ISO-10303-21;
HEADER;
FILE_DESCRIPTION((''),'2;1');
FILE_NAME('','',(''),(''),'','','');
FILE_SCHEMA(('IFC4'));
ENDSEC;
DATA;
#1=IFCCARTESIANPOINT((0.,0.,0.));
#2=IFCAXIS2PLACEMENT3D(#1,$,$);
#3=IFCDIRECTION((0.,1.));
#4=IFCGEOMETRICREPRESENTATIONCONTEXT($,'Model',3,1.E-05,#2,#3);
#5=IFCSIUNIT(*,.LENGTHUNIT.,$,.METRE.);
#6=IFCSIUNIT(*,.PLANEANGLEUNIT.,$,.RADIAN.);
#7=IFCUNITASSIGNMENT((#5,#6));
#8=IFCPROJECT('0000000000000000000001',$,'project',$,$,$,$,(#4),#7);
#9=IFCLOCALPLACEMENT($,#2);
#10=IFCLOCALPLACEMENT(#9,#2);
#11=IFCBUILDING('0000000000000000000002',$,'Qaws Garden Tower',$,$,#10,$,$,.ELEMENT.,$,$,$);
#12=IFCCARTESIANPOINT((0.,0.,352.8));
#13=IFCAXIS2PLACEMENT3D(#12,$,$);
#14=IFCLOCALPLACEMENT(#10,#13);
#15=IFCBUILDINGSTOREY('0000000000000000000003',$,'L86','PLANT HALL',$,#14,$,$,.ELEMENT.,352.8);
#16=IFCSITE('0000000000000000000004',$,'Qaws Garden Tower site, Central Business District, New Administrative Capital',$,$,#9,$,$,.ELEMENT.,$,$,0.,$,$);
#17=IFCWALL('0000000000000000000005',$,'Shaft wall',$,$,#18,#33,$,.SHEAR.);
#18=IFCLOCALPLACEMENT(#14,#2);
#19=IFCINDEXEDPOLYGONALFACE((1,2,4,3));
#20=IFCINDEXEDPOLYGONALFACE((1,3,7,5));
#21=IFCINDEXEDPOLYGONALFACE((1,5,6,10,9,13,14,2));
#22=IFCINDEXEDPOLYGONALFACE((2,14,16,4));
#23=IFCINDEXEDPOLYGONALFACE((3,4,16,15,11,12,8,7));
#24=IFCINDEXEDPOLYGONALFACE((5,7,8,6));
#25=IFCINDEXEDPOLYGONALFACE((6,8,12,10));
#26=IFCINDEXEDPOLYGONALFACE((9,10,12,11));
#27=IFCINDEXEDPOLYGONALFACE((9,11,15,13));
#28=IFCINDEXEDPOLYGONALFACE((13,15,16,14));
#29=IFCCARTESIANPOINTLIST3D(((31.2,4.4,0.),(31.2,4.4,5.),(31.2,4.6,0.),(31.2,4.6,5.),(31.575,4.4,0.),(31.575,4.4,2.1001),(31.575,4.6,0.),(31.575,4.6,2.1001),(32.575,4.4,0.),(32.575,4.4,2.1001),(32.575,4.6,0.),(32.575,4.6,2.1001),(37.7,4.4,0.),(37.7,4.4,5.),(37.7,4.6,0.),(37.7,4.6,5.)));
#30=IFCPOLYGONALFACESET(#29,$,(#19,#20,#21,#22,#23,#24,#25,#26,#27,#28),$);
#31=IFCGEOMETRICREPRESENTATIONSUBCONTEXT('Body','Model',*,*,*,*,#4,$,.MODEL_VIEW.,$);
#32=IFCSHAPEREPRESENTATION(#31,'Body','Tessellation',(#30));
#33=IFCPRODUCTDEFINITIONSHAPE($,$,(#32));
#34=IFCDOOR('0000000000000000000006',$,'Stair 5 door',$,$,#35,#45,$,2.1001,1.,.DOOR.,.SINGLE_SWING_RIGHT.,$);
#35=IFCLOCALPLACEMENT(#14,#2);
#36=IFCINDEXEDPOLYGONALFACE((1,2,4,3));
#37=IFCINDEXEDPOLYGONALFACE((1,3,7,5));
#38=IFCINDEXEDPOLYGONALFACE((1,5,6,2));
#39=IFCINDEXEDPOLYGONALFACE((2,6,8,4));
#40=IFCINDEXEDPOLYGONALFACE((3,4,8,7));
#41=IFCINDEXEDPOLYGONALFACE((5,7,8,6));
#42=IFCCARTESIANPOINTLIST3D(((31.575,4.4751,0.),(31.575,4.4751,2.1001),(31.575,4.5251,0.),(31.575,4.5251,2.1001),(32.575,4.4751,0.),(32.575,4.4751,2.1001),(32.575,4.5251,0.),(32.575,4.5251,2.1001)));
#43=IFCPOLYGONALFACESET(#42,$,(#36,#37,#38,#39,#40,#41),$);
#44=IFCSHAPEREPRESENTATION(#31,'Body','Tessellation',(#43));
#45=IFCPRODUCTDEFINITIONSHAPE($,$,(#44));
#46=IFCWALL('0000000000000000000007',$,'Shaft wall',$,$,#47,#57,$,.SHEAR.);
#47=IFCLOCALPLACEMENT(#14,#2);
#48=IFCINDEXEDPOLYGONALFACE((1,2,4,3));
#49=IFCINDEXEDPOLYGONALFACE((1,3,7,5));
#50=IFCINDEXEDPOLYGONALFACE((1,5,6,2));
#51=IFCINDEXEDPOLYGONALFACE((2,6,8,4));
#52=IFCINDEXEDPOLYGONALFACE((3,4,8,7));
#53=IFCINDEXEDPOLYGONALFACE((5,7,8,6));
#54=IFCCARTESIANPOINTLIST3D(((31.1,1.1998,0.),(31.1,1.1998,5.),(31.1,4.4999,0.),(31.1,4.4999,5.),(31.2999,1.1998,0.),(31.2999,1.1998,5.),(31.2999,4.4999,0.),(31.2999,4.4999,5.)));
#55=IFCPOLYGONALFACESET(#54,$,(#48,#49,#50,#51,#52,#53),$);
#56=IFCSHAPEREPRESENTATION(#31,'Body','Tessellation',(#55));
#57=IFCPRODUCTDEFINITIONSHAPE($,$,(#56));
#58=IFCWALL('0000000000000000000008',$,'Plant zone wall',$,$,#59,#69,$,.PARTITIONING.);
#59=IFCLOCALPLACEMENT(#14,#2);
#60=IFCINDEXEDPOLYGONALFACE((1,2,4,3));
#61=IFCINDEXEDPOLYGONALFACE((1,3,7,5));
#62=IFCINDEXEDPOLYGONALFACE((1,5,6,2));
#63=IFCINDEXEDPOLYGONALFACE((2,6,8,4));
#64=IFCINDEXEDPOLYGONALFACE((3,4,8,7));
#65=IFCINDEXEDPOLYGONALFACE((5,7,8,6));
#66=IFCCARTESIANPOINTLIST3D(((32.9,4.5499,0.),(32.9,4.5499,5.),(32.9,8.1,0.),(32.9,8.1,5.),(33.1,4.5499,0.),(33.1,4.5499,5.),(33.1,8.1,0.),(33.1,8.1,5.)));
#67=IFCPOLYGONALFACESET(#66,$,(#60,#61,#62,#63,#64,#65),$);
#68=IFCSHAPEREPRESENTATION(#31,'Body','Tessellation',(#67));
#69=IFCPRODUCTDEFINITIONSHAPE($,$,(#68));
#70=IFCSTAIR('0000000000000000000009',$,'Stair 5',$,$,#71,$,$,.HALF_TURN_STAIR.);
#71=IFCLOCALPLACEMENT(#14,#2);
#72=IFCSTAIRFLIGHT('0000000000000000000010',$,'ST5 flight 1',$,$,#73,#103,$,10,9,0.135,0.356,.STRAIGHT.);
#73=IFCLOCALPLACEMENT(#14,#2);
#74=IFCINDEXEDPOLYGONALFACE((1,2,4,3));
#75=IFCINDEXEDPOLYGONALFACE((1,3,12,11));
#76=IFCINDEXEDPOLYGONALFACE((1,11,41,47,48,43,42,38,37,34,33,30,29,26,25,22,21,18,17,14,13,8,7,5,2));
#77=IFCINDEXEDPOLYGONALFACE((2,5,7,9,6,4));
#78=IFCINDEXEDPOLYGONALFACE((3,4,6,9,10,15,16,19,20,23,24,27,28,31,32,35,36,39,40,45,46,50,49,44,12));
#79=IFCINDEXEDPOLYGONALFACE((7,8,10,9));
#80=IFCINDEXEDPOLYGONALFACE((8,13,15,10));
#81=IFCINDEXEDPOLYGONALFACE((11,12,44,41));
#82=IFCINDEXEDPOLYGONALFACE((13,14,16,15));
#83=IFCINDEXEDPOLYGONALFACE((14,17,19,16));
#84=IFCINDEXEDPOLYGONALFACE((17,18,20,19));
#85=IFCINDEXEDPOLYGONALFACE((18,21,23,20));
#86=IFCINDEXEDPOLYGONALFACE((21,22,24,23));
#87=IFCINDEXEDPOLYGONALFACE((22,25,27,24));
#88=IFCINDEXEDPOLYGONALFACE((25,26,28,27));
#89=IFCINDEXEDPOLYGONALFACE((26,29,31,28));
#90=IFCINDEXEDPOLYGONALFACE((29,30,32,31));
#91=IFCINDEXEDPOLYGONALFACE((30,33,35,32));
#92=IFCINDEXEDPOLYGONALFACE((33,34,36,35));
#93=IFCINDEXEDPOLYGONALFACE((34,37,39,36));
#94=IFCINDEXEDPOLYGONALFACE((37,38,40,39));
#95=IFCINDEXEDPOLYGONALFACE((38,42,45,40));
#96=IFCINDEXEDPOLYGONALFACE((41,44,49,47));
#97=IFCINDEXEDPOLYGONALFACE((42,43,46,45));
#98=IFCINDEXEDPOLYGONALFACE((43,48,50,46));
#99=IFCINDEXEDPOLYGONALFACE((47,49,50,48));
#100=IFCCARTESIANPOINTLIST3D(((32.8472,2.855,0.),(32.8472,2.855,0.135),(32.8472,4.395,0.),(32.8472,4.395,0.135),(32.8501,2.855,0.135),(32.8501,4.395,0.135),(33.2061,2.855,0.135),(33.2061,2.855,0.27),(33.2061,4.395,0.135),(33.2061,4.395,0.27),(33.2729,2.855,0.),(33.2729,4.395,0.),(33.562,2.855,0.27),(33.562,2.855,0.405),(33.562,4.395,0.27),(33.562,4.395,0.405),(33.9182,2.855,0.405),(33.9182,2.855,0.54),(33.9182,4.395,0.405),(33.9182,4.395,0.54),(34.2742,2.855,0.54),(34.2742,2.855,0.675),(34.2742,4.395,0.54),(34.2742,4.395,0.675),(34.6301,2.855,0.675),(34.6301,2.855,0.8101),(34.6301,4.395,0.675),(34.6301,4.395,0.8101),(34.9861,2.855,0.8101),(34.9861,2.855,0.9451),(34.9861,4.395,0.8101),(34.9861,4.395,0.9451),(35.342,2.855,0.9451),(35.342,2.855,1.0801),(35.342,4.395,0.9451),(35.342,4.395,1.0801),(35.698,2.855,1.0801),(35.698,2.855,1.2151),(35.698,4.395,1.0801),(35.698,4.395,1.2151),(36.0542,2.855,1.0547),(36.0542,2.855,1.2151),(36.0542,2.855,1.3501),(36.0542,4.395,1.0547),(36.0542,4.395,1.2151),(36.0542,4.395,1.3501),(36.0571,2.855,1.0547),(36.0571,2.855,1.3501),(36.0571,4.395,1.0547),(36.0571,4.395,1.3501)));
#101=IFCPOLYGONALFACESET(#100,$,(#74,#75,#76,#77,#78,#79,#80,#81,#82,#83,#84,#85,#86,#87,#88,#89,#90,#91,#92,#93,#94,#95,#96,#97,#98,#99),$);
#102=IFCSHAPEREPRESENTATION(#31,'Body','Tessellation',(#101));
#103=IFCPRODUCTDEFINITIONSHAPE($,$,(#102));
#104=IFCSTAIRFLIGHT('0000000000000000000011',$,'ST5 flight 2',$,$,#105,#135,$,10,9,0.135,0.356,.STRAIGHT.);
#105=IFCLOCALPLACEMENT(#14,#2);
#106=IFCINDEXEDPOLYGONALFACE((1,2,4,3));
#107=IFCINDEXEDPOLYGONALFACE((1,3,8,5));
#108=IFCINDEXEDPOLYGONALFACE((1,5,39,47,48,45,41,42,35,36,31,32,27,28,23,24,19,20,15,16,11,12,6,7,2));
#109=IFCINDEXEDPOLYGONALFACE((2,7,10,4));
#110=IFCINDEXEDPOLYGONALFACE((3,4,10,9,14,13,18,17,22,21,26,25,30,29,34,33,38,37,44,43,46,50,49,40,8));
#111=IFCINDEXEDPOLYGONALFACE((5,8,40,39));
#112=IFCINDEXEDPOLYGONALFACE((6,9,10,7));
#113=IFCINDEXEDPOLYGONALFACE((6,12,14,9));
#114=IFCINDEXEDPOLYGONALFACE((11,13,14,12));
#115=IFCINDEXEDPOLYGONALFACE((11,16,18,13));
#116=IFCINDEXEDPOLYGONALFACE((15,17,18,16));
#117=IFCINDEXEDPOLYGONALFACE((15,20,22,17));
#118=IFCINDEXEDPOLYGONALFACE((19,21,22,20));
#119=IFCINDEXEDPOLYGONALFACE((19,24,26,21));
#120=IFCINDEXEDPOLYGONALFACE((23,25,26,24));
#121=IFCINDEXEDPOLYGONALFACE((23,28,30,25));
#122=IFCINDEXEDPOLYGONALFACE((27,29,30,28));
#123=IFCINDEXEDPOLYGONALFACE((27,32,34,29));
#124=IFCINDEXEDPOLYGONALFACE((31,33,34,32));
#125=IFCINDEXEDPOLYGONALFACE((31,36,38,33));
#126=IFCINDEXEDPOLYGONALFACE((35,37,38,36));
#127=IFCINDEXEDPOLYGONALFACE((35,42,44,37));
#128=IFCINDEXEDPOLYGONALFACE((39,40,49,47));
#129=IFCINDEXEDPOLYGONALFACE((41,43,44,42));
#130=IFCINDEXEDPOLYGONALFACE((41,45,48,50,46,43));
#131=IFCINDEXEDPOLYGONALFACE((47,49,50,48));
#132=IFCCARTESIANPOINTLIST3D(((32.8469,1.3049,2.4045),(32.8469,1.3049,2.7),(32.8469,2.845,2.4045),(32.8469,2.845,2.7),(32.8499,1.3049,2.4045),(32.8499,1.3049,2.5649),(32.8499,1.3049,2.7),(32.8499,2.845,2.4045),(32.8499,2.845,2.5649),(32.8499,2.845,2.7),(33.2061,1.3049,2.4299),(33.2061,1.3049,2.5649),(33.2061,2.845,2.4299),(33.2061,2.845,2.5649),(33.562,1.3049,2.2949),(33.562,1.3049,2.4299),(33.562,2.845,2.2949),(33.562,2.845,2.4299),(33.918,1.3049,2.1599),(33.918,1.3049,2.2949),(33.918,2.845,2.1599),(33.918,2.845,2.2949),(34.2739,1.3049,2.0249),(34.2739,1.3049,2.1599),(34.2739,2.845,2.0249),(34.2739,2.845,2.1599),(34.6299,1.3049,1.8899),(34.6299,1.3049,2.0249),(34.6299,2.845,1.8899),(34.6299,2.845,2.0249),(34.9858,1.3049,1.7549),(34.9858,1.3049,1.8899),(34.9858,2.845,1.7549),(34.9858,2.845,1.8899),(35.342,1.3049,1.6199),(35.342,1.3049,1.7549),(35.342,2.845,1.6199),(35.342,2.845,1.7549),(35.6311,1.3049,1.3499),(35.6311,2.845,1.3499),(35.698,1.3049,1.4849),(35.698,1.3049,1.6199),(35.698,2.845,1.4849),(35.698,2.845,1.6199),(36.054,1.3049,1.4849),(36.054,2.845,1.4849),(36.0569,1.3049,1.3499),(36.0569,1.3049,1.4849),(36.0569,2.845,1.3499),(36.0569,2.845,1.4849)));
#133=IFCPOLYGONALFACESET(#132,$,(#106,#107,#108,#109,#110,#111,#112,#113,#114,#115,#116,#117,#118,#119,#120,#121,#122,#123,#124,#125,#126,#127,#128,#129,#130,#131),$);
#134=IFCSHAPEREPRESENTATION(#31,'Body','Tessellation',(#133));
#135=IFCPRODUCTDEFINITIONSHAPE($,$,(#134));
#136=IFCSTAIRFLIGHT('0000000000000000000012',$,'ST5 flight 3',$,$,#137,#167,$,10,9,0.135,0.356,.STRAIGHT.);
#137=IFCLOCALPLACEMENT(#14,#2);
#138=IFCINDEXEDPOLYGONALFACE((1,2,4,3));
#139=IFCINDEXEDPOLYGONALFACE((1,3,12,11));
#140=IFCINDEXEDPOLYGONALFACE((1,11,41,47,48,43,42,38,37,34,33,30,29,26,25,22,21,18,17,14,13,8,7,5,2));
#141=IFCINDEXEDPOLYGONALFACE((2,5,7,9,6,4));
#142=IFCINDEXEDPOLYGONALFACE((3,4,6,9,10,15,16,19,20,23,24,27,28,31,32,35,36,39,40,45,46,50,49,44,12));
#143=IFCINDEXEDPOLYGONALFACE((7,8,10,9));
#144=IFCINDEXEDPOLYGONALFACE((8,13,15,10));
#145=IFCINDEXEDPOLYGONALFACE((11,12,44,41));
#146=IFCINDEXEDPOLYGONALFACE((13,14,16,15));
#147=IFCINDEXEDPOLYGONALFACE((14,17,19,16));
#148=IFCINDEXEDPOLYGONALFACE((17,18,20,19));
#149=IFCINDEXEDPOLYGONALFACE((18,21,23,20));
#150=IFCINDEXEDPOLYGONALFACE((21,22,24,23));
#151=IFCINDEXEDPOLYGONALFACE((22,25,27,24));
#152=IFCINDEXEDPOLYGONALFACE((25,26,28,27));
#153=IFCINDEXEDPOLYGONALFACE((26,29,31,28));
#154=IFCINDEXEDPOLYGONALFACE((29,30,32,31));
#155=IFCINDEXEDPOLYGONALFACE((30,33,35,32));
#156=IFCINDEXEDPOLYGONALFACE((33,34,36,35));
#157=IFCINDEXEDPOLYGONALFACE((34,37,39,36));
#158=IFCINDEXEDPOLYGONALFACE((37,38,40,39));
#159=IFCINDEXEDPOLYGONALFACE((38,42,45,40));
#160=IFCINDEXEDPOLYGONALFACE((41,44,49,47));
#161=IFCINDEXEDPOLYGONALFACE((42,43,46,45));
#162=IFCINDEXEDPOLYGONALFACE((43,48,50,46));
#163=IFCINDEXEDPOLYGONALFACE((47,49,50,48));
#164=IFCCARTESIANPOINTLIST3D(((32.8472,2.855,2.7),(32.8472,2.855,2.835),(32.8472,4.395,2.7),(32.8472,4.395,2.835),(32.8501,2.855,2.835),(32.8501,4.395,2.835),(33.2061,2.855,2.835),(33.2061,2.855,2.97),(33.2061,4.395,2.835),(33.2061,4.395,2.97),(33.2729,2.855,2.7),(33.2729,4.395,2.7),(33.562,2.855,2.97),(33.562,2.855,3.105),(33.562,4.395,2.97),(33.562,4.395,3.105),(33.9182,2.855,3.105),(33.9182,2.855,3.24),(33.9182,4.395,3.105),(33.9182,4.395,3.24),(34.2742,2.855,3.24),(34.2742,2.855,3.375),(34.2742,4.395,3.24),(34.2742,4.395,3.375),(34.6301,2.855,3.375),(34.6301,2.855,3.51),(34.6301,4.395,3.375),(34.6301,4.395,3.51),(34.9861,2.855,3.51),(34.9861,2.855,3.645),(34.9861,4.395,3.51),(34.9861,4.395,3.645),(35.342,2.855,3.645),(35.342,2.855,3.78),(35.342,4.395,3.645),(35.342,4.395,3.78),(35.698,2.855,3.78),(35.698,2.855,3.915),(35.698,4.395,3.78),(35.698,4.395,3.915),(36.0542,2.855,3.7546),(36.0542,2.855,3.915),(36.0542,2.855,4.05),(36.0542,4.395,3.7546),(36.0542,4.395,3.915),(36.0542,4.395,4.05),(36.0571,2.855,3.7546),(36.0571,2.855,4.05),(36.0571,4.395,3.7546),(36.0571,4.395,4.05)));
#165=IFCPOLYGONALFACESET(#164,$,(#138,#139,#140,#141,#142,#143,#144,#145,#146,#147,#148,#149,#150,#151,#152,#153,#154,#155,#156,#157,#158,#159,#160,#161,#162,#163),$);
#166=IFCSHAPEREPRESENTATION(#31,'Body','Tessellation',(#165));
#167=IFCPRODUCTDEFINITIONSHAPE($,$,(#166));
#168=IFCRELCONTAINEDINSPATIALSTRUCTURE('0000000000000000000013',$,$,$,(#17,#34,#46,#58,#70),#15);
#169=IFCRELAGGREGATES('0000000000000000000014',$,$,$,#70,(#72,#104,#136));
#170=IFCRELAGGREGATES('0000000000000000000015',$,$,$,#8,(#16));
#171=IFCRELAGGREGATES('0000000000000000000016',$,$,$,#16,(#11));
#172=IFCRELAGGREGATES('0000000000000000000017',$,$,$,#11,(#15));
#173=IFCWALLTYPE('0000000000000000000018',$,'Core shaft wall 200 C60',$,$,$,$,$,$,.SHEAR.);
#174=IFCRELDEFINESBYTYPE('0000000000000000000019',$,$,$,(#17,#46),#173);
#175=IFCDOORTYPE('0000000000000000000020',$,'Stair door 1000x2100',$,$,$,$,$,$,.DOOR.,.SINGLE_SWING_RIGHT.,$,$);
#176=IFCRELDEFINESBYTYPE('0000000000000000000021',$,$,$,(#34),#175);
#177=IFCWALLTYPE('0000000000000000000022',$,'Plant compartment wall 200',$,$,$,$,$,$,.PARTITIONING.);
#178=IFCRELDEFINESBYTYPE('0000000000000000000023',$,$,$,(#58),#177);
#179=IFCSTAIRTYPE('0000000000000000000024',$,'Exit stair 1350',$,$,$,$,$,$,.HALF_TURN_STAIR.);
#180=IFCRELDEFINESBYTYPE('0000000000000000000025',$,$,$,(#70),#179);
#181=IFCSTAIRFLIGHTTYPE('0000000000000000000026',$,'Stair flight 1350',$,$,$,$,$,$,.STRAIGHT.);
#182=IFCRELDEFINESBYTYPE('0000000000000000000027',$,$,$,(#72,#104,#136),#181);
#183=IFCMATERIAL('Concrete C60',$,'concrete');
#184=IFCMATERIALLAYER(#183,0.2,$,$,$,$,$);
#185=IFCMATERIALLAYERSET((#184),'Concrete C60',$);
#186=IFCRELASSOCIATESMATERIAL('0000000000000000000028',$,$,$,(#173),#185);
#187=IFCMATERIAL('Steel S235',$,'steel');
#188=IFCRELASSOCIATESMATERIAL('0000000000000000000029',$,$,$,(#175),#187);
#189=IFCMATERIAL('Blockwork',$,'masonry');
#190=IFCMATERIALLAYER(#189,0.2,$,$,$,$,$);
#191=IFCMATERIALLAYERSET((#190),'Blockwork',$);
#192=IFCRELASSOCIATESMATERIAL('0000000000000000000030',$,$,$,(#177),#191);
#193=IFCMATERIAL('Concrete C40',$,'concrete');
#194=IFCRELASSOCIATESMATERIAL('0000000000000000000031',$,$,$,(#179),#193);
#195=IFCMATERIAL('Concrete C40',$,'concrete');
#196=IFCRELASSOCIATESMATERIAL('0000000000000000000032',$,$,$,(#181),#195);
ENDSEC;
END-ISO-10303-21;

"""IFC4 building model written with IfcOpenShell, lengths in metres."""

from ifc_helpers import new_model, si_unit, direction, frame, frame_2d, origin, place, context, subcontext, project, spatial, polyline, rectangle, outline, extrude, material, layer, layer_set, type_object, element, fill, aggregate, save


model = new_model("IFC4")

# Units and contexts
model_context = context("Model", 3, precision=1e-05, world=origin(), true_north=direction((0.0, 1.0)))
body_context = subcontext(model_context, "Body", "Model", "MODEL_VIEW")
ifc_project = project(units=[si_unit("LENGTHUNIT", "METRE"), si_unit("PLANEANGLEUNIT", "RADIAN")], contexts=[model_context])

# Site, building, storey
site_placement = place(None, origin())
site = spatial("IfcSite", under=ifc_project, at=site_placement, Name="Qaws Garden Tower site, Central Business District, New Administrative Capital", CompositionType="ELEMENT", RefElevation=0.0)
building_placement = place(site_placement, origin())
building = spatial("IfcBuilding", under=site, at=building_placement, Name="Qaws Garden Tower", CompositionType="ELEMENT")
storey_placement = place(building_placement, frame((0.0, 0.0, 352.8)))
storey = spatial("IfcBuildingStorey", under=building, at=storey_placement, Name="L86", Description="PLANT HALL", CompositionType="ELEMENT", Elevation=352.8)

# Shared definitions
placement = place(storey_placement, origin())

# Shared definitions
ifc_material_1 = material(Name="Concrete C60", Category="concrete")
ifc_layer_1 = layer(ifc_material_1, 0.2)
ifc_layer_set_1 = layer_set([ifc_layer_1], Name="Concrete C60")
wall_type_1 = type_object("IfcWallType", Name="Core shaft wall 200 C60", PredefinedType="SHEAR", material=ifc_layer_set_1)

# Wall, opening, door
wall_1_placement = place(storey_placement, frame((31.2, 4.5, 0.0), z_axis=(0.0, 0.0, 1.0), x_axis=(1.0, 0.0, 0.0)))
wall_1 = element("IfcWall", 1, at=wall_1_placement, inside=storey, type_object=wall_type_1, Name="Shaft wall", PredefinedType="SHEAR", context=body_context, shape_type="SweptSolid", body=[
    extrude(rectangle(XDim=6.5, YDim=0.2, at=frame_2d((3.25, 0.0))), origin(), (0.0, 0.0, 1.0), 5.0),
])
opening_placement = place(wall_1_placement, frame((0.375, 0.0, 0.0)))
opening = element("IfcOpeningElement", 2, at=opening_placement, cuts=wall_1, PredefinedType="OPENING", context=body_context, shape_type="SweptSolid", body=[
    extrude(rectangle(XDim=1.0, YDim=2.1001, at=frame_2d((0.5, 1.05))), frame((0.0, 0.1099, 0.0), z_axis=(0.0, -1.0, 0.0), x_axis=(1.0, 0.0, 0.0)), (0.0, 0.0, 1.0), 0.22),
])
ifc_material_2 = material(Name="Steel S235", Category="steel")
door_type = type_object("IfcDoorType", Name="Stair door 1000x2100", OperationType="SINGLE_SWING_RIGHT", PredefinedType="DOOR", material=ifc_material_2)
door_placement = place(opening_placement, frame((1.0, 0.0, 0.0), z_axis=(0.0, 0.0, 1.0), x_axis=(-1.0, 0.0, 0.0)))
door = element("IfcDoor", 3, at=door_placement, inside=storey, type_object=door_type, Name="Stair 5 door", OperationType="SINGLE_SWING_RIGHT", OverallHeight=2.1001, OverallWidth=1.0, PredefinedType="DOOR", context=body_context, shape_type="SweptSolid", body=[
    extrude(rectangle(XDim=1.0, YDim=2.1001, at=frame_2d((0.5, 1.05))), frame((0.0, 0.0249, 0.0), z_axis=(0.0, -1.0, 0.0), x_axis=(1.0, 0.0, 0.0)), (0.0, 0.0, 1.0), 0.05),
])
fill(opening, door)

# Walls
wall_2_placement = place(storey_placement, frame((31.2, 1.2, 0.0), z_axis=(0.0, 0.0, 1.0), x_axis=(0.0, 1.0, 0.0)))
element("IfcWall", 4, at=wall_2_placement, inside=storey, type_object=wall_type_1, Name="Shaft wall", PredefinedType="SHEAR", context=body_context, shape_type="SweptSolid", body=[
    extrude(rectangle(XDim=3.3, YDim=0.2, at=frame_2d((1.6499, 0.0))), origin(), (0.0, 0.0, 1.0), 5.0),
])
ifc_material_3 = material(Name="Blockwork", Category="masonry")
ifc_layer_2 = layer(ifc_material_3, 0.2)
ifc_layer_set_2 = layer_set([ifc_layer_2], Name="Blockwork")
wall_type_2 = type_object("IfcWallType", Name="Plant compartment wall 200", PredefinedType="PARTITIONING", material=ifc_layer_set_2)
wall_3_placement = place(storey_placement, frame((33.0, 4.55, 0.0), z_axis=(0.0, 0.0, 1.0), x_axis=(0.0, 1.0, 0.0)))
element("IfcWall", 5, at=wall_3_placement, inside=storey, type_object=wall_type_2, Name="Plant zone wall", PredefinedType="PARTITIONING", context=body_context, shape_type="SweptSolid", body=[
    extrude(rectangle(XDim=3.55, YDim=0.2, at=frame_2d((1.7749, 0.0))), origin(), (0.0, 0.0, 1.0), 5.0),
])

# Stair, stair flights
ifc_material_4 = material(Name="Concrete C40", Category="concrete")
stair_type = type_object("IfcStairType", Name="Exit stair 1350", PredefinedType="HALF_TURN_STAIR", material=ifc_material_4)
stair = element("IfcStair", 6, at=placement, inside=storey, type_object=stair_type, Name="Stair 5", PredefinedType="HALF_TURN_STAIR")
ifc_material_5 = material(Name="Concrete C40", Category="concrete")
stair_flight_type = type_object("IfcStairFlightType", Name="Stair flight 1350", PredefinedType="STRAIGHT", material=ifc_material_5)
stair_flight_1_placement = place(storey_placement, frame((32.8501, 3.625, 0.0), z_axis=(0.0, 0.0, 1.0), x_axis=(1.0, 0.0, 0.0)))
stair_flight_1 = element("IfcStairFlight", 7, at=stair_flight_1_placement, type_object=stair_flight_type, Name="ST5 flight 1", NumberOfRisers=10, NumberOfTreads=9, PredefinedType="STRAIGHT", RiserHeight=0.135, TreadLength=0.356, context=body_context, shape_type="SweptSolid", body=[
    extrude(outline(polyline([(-0.0029, 0.0), (-0.0029, 0.135), (0.0, 0.135), (0.356, 0.135), (0.356, 0.27), (0.7119, 0.27), (0.7119, 0.405), (1.0681, 0.405), (1.0681, 0.54), (1.4241, 0.54), (1.4241, 0.675), (1.78, 0.675), (1.78, 0.8101), (2.136, 0.8101), (2.136, 0.9451), (2.4919, 0.9451), (2.4919, 1.0801), (2.8479, 1.0801), (2.8479, 1.2151), (3.2041, 1.2151), (3.2041, 1.3501), (3.207, 1.3501), (3.207, 1.0547), (3.2041, 1.0547), (0.4229, 0.0), (-0.0029, 0.0)])), frame((0.0, 0.77, 0.0), z_axis=(0.0, -1.0, 0.0), x_axis=(1.0, 0.0, 0.0)), (0.0, 0.0, 1.0), 1.54),
])
stair_flight_2_placement = place(storey_placement, frame((36.054, 2.075, 1.3499), z_axis=(0.0, 0.0, 1.0), x_axis=(-1.0, 0.0, 0.0)))
stair_flight_2 = element("IfcStairFlight", 8, at=stair_flight_2_placement, type_object=stair_flight_type, Name="ST5 flight 2", NumberOfRisers=10, NumberOfTreads=9, PredefinedType="STRAIGHT", RiserHeight=0.135, TreadLength=0.356, context=body_context, shape_type="SweptSolid", body=[
    extrude(outline(polyline([(-0.0029, 0.0), (-0.0029, 0.135), (0.0, 0.135), (0.356, 0.135), (0.356, 0.27), (0.7119, 0.27), (0.7119, 0.405), (1.0681, 0.405), (1.0681, 0.54), (1.4241, 0.54), (1.4241, 0.675), (1.78, 0.675), (1.78, 0.8101), (2.136, 0.8101), (2.136, 0.9451), (2.4919, 0.9451), (2.4919, 1.0801), (2.8479, 1.0801), (2.8479, 1.2151), (3.2041, 1.2151), (3.2041, 1.3501), (3.207, 1.3501), (3.207, 1.0547), (3.2041, 1.0547), (0.4229, 0.0), (-0.0029, 0.0)])), frame((0.0, 0.77, 0.0), z_axis=(0.0, -1.0, 0.0), x_axis=(1.0, 0.0, 0.0)), (0.0, 0.0, 1.0), 1.54),
])
stair_flight_3_placement = place(storey_placement, frame((32.8501, 3.625, 2.7), z_axis=(0.0, 0.0, 1.0), x_axis=(1.0, 0.0, 0.0)))
stair_flight_3 = element("IfcStairFlight", 9, at=stair_flight_3_placement, type_object=stair_flight_type, Name="ST5 flight 3", NumberOfRisers=10, NumberOfTreads=9, PredefinedType="STRAIGHT", RiserHeight=0.135, TreadLength=0.356, context=body_context, shape_type="SweptSolid", body=[
    extrude(outline(polyline([(-0.0029, 0.0), (-0.0029, 0.135), (0.0, 0.135), (0.356, 0.135), (0.356, 0.27), (0.7119, 0.27), (0.7119, 0.405), (1.0681, 0.405), (1.0681, 0.54), (1.4241, 0.54), (1.4241, 0.675), (1.78, 0.675), (1.78, 0.8101), (2.136, 0.8101), (2.136, 0.9451), (2.4919, 0.9451), (2.4919, 1.0801), (2.8479, 1.0801), (2.8479, 1.2151), (3.2041, 1.2151), (3.2041, 1.3501), (3.207, 1.3501), (3.207, 1.0547), (3.2041, 1.0547), (0.4229, 0.0), (-0.0029, 0.0)])), frame((0.0, 0.77, 0.0), z_axis=(0.0, -1.0, 0.0), x_axis=(1.0, 0.0, 0.0)), (0.0, 0.0, 1.0), 1.54),
])
aggregate(stair, [stair_flight_1, stair_flight_2, stair_flight_3])

save(model, "model.ifc")
